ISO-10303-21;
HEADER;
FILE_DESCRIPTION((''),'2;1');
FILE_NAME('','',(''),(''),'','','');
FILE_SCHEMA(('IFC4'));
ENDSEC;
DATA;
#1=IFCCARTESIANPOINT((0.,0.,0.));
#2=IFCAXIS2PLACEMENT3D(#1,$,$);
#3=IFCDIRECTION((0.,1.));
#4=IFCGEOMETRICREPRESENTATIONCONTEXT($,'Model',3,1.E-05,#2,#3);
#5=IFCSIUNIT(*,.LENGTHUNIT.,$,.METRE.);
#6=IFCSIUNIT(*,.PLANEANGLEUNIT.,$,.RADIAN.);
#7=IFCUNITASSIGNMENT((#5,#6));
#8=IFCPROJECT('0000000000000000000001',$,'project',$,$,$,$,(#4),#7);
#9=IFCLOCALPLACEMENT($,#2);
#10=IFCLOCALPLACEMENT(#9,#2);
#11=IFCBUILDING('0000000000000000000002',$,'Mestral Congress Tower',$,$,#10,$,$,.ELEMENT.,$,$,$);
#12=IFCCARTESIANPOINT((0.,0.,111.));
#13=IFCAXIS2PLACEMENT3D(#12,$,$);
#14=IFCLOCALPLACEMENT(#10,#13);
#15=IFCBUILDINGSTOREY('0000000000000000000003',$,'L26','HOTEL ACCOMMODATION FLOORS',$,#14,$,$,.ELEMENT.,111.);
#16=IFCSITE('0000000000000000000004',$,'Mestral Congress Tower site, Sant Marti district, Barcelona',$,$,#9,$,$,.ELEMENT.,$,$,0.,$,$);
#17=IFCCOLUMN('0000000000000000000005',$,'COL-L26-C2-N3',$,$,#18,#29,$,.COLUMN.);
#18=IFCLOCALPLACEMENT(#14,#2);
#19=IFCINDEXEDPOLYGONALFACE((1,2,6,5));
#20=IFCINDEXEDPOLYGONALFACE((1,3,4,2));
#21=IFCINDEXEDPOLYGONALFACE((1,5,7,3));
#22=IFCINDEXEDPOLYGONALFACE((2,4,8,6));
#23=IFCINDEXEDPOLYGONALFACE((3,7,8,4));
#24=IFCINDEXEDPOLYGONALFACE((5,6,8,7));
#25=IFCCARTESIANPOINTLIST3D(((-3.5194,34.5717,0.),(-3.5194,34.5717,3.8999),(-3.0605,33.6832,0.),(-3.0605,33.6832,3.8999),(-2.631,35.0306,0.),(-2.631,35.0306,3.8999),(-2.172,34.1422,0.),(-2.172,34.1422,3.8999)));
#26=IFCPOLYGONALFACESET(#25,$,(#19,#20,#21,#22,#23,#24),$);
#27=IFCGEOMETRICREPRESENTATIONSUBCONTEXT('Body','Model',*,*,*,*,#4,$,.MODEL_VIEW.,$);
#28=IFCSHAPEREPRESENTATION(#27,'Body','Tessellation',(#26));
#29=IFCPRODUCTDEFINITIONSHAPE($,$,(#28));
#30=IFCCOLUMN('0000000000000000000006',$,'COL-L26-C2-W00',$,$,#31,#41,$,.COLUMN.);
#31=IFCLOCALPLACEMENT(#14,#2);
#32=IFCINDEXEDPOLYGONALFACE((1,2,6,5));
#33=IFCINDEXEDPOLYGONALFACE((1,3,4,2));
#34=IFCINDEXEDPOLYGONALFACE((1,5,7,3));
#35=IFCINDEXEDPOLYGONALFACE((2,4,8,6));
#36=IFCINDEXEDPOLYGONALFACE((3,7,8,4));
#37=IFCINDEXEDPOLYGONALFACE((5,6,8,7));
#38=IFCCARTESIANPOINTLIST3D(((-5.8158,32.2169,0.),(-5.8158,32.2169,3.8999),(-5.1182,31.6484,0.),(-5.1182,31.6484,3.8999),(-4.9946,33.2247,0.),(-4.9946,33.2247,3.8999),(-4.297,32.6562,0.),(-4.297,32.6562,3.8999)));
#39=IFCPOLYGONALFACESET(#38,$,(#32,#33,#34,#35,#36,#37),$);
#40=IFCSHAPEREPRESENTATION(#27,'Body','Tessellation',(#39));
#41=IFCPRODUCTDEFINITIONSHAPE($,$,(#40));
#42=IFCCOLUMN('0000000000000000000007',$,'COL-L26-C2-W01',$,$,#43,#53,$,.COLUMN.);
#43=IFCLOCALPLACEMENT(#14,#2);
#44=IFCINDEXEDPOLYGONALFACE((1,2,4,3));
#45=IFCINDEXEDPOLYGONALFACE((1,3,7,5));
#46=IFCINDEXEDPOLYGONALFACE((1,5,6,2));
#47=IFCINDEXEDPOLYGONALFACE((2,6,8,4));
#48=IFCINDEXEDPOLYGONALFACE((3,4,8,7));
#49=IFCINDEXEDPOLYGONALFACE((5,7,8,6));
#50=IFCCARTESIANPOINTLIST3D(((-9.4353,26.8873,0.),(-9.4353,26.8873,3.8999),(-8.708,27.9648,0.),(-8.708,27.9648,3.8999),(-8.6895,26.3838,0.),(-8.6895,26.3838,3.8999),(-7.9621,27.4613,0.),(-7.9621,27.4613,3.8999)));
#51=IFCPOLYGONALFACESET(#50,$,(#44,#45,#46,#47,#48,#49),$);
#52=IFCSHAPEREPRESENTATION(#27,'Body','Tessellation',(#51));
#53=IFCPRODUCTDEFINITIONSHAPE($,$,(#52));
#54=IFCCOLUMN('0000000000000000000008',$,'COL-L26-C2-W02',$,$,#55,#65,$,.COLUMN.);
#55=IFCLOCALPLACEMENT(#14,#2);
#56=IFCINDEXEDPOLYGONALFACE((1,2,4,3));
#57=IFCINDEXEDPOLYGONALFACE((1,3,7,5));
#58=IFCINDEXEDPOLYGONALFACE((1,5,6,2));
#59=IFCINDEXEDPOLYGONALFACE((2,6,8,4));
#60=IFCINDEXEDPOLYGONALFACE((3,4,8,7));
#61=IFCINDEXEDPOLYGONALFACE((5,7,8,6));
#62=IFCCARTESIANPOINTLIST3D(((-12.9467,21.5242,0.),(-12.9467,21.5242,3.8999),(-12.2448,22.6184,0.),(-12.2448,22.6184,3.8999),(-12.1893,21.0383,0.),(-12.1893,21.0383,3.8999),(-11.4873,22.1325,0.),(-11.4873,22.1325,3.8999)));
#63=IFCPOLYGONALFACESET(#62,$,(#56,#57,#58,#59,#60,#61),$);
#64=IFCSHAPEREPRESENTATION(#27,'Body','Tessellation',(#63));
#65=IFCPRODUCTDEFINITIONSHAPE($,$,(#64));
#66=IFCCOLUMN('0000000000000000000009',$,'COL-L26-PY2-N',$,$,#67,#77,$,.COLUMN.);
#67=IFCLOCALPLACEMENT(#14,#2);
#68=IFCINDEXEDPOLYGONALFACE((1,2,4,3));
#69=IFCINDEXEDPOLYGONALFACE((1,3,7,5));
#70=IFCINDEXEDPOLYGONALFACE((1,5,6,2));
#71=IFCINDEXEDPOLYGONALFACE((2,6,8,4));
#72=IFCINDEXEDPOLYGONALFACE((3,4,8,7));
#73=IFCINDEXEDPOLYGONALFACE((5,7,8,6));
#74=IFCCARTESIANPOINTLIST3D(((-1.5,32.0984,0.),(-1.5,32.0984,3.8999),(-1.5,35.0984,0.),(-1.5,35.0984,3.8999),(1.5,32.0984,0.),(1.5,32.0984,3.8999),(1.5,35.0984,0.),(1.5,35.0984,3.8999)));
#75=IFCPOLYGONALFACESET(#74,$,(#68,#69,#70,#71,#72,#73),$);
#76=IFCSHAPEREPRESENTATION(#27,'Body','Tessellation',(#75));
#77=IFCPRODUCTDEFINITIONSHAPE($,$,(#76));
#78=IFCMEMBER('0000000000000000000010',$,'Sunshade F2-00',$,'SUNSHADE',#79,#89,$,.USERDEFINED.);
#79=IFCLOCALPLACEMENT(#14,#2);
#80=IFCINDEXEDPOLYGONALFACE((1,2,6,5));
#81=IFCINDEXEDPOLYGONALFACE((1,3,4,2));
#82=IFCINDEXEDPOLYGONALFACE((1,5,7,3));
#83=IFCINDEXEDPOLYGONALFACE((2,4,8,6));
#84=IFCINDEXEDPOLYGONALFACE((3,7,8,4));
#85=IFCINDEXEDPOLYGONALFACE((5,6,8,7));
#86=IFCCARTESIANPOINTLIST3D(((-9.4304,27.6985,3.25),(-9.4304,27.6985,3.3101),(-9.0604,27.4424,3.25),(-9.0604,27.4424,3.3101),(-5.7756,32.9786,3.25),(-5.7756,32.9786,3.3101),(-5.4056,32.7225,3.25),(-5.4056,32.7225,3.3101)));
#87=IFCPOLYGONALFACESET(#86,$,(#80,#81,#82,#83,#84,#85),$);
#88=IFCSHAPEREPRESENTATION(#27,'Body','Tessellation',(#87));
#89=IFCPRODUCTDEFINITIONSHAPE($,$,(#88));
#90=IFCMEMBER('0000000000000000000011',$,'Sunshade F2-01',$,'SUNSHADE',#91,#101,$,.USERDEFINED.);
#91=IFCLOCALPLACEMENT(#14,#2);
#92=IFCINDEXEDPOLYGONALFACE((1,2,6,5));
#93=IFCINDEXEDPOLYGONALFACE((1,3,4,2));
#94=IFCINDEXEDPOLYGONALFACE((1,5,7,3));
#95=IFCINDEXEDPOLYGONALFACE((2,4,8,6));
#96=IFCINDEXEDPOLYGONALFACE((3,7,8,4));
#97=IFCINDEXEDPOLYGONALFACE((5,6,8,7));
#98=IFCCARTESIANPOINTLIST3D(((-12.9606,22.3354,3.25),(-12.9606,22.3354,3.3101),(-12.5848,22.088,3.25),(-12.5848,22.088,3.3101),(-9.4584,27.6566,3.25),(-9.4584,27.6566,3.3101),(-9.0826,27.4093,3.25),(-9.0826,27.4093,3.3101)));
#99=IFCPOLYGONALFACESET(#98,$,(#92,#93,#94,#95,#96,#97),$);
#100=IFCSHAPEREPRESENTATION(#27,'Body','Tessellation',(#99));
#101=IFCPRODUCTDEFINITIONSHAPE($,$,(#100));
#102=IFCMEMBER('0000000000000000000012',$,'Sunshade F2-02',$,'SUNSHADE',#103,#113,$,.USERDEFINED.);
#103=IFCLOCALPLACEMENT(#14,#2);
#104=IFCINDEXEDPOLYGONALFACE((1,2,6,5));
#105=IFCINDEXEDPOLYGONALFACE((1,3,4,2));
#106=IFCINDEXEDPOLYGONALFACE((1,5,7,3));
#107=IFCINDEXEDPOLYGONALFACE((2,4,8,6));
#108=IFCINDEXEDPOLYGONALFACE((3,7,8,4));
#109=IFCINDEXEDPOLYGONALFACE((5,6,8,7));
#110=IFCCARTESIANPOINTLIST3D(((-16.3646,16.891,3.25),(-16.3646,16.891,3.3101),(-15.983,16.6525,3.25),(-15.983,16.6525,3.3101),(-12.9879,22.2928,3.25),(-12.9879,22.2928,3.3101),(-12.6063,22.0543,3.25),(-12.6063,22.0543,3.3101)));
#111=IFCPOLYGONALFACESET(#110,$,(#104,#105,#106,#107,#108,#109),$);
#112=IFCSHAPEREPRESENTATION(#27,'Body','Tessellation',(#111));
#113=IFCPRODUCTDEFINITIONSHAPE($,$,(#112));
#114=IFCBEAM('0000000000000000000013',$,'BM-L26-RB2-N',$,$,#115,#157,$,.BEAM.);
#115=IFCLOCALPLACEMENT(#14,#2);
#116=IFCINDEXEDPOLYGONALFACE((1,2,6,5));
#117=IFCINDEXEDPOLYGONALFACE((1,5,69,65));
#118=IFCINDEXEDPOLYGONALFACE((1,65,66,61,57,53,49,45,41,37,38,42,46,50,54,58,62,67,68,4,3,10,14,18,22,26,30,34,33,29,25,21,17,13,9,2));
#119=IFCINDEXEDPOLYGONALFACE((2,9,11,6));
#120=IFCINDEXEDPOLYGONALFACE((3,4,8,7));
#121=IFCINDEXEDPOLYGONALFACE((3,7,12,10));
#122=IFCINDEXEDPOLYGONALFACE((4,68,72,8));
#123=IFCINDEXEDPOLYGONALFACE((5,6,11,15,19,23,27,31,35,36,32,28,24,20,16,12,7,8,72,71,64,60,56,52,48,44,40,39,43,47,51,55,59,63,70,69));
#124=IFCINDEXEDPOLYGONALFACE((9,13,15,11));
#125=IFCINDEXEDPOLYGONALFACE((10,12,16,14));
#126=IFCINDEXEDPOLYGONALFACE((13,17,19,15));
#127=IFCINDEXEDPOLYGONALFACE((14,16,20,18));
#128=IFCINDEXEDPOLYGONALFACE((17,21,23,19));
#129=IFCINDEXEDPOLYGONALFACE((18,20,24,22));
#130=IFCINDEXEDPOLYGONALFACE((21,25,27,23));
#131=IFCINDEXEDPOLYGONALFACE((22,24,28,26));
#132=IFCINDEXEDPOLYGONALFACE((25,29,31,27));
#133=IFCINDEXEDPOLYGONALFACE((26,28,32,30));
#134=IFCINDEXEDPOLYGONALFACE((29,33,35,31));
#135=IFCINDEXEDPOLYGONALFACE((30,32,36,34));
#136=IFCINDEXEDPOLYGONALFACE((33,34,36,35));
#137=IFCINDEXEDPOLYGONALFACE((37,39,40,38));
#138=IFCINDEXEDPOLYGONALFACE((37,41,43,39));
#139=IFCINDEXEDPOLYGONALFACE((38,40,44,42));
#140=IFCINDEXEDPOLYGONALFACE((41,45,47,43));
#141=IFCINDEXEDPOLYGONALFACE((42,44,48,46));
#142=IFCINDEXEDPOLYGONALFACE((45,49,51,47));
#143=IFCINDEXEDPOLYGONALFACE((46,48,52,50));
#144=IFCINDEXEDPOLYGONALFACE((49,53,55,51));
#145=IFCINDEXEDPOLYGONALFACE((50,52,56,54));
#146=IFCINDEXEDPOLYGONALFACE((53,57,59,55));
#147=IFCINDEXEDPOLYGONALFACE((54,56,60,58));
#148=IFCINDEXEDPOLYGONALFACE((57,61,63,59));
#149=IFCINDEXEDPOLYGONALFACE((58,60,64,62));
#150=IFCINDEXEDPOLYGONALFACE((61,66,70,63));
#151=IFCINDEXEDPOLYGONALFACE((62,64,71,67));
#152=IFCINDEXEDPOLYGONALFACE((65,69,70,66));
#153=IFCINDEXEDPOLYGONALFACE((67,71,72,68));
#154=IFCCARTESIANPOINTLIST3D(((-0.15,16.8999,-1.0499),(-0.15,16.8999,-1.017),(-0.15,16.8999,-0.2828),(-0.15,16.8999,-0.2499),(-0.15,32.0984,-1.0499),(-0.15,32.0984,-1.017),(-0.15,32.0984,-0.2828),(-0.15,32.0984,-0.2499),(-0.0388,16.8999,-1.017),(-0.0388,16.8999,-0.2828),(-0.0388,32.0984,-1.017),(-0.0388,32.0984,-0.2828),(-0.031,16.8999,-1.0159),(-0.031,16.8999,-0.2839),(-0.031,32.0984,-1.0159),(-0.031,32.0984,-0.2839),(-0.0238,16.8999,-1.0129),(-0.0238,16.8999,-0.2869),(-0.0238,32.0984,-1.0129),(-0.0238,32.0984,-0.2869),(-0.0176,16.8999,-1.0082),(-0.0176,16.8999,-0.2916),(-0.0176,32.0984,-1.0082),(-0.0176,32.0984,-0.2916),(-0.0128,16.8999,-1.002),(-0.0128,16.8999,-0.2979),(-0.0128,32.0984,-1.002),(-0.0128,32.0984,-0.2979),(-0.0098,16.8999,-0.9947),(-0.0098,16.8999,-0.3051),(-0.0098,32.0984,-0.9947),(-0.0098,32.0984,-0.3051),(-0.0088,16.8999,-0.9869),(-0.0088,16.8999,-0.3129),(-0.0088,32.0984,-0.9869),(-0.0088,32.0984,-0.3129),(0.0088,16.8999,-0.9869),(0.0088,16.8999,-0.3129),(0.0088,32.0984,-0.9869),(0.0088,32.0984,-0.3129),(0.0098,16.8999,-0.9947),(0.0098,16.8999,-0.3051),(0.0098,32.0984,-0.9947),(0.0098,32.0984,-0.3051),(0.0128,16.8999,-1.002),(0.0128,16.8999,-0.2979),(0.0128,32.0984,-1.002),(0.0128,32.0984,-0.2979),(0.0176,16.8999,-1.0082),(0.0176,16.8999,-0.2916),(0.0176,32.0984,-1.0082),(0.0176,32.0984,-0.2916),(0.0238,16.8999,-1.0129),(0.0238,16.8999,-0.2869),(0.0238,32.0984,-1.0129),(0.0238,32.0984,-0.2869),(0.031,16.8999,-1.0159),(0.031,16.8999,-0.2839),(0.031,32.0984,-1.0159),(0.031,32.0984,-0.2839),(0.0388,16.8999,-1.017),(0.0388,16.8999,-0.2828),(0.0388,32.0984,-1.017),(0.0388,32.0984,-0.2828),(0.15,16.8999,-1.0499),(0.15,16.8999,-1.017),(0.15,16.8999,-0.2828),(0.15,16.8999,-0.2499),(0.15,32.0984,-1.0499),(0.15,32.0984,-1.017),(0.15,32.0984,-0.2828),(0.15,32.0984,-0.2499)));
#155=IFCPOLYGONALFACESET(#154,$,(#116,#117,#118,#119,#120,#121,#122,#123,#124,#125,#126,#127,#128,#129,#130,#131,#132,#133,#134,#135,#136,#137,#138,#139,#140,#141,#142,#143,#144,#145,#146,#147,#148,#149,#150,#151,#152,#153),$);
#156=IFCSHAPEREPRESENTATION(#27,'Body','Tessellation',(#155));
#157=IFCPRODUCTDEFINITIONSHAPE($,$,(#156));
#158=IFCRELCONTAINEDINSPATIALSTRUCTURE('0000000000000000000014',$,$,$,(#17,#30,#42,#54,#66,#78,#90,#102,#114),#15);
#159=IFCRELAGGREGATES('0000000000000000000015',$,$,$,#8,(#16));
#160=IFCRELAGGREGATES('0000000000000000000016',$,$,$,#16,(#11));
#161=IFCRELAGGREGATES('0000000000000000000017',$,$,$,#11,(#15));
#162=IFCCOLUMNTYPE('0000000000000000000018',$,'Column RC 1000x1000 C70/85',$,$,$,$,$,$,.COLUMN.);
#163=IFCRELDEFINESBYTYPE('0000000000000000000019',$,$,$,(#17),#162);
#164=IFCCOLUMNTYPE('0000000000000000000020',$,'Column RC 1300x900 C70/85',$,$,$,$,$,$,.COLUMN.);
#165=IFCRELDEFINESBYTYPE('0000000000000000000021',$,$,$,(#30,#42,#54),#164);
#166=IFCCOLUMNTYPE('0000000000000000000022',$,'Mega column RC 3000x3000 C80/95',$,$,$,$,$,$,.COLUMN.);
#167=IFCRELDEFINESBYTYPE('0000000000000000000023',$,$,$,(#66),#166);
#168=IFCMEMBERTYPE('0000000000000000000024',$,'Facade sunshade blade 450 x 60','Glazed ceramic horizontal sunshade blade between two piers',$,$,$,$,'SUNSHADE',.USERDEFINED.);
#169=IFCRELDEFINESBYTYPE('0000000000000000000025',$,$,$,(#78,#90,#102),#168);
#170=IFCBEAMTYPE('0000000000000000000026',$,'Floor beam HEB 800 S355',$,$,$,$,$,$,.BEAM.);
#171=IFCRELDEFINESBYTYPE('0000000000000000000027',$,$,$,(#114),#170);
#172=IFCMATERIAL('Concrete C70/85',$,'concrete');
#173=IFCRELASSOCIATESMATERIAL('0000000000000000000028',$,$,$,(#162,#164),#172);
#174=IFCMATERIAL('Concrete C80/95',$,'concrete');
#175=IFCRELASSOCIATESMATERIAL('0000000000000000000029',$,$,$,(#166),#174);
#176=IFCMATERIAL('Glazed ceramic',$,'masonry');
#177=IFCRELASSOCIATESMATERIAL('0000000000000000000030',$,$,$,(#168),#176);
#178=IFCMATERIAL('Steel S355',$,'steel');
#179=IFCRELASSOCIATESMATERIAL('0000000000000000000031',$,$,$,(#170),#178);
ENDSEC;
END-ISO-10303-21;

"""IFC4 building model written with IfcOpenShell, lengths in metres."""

from ifc_helpers import new_model, si_unit, direction, frame, origin, origin_2d, place, context, subcontext, project, spatial, rectangle, i_section, extrude, material, material_profile, profile_set, type_object, element, save


model = new_model("IFC4")

# Units and contexts
model_context = context("Model", 3, precision=1e-05, world=origin(), true_north=direction((0.0, 1.0)))
body_context = subcontext(model_context, "Body", "Model", "MODEL_VIEW")
ifc_project = project(units=[si_unit("LENGTHUNIT", "METRE"), si_unit("PLANEANGLEUNIT", "RADIAN")], contexts=[model_context])

# Site, building, storey
site_placement = place(None, origin())
site = spatial("IfcSite", under=ifc_project, at=site_placement, Name="Mestral Congress Tower site, Sant Marti district, Barcelona", CompositionType="ELEMENT", RefElevation=0.0)
building_placement = place(site_placement, origin())
building = spatial("IfcBuilding", under=site, at=building_placement, Name="Mestral Congress Tower", CompositionType="ELEMENT")
storey_placement = place(building_placement, frame((0.0, 0.0, 111.0)))
storey = spatial("IfcBuildingStorey", under=building, at=storey_placement, Name="L26", Description="HOTEL ACCOMMODATION FLOORS", CompositionType="ELEMENT", Elevation=111.0)

# Columns
ifc_material_1 = material(Name="Concrete C70/85", Category="concrete")
ifc_material_profile_1 = material_profile(ifc_material_1, rectangle(XDim=1.0, YDim=1.0, at=origin_2d()), Name="RC 1000x1000")
ifc_profile_set_1 = profile_set([ifc_material_profile_1], Name="Concrete C70/85")
column_type_1 = type_object("IfcColumnType", Name="Column RC 1000x1000 C70/85", PredefinedType="COLUMN", material=ifc_profile_set_1)
column_1_placement = place(storey_placement, frame((-2.8457, 34.3569, 0.0), z_axis=(0.0, 0.0, 1.0), x_axis=(-0.888456, -0.458961, 0.0)))
element("IfcColumn", 1, at=column_1_placement, inside=storey, type_object=column_type_1, Name="COL-L26-C2-N3", PredefinedType="COLUMN", context=body_context, shape_type="SweptSolid", body=[
    extrude(rectangle(XDim=1.0, YDim=1.0, at=origin_2d()), origin(), (0.0, 0.0, 1.0), 3.8999),
])
ifc_material_profile_2 = material_profile(ifc_material_1, rectangle(XDim=1.3, YDim=0.8999, at=origin_2d()), Name="RC 1300x900")
ifc_profile_set_2 = profile_set([ifc_material_profile_2], Name="Concrete C70/85")
column_type_2 = type_object("IfcColumnType", Name="Column RC 1300x900 C70/85", PredefinedType="COLUMN", material=ifc_profile_set_2)
for number, where, z_axis, x_axis, name in (
    (2, (-5.0564, 32.4365, 0.0), (0.0, 0.0, 1.0), (-0.631709, -0.775206, 0.0), "COL-L26-C2-W00"),
    (3, (-8.6987, 27.1743, 0.0), (0.0, 0.0, 1.0), (-0.559479, -0.828844, 0.0), "COL-L26-C2-W01"),
    (4, (-12.217, 21.8284, 0.0), (0.0, 0.0, 1.0), (-0.539945, -0.8417, 0.0), "COL-L26-C2-W02"),
):
    element("IfcColumn", number, at=place(storey_placement, frame(where, z_axis=z_axis, x_axis=x_axis)), inside=storey, type_object=column_type_2, Name=name, PredefinedType="COLUMN", context=body_context, shape_type="SweptSolid", body=[
        extrude(rectangle(XDim=1.3, YDim=0.8999, at=origin_2d()), origin(), (0.0, 0.0, 1.0), 3.8999),
    ])
ifc_material_2 = material(Name="Concrete C80/95", Category="concrete")
ifc_material_profile_3 = material_profile(ifc_material_2, rectangle(XDim=3.0, YDim=3.0, at=origin_2d()), Name="RC 3000x3000")
ifc_profile_set_3 = profile_set([ifc_material_profile_3], Name="Concrete C80/95")
column_type_3 = type_object("IfcColumnType", Name="Mega column RC 3000x3000 C80/95", PredefinedType="COLUMN", material=ifc_profile_set_3)
column_2_placement = place(storey_placement, frame((0.0, 33.5984, 0.0), z_axis=(0.0, 0.0, 1.0), x_axis=(0.0, 1.0, 0.0)))
element("IfcColumn", 5, at=column_2_placement, inside=storey, type_object=column_type_3, Name="COL-L26-PY2-N", PredefinedType="COLUMN", context=body_context, shape_type="SweptSolid", body=[
    extrude(rectangle(XDim=3.0, YDim=3.0, at=origin_2d()), origin(), (0.0, 0.0, 1.0), 3.8999),
])

# Members
ifc_material_3 = material(Name="Glazed ceramic", Category="masonry")
ifc_material_profile_4 = material_profile(ifc_material_3, rectangle(XDim=0.45, YDim=0.0601, at=origin_2d()), Name="Ceramic blade 450 x 60")
ifc_profile_set_4 = profile_set([ifc_material_profile_4], Name="Glazed ceramic")
member_type = type_object("IfcMemberType", Name="Facade sunshade blade 450 x 60", Description="Glazed ceramic horizontal sunshade blade between two piers", ElementType="SUNSHADE", PredefinedType="USERDEFINED", material=ifc_profile_set_4)
member_placement = place(storey_placement, frame((-5.5906, 32.8506, 3.28), z_axis=(-0.569145, -0.822237, 0.0), x_axis=(0.822237, -0.569145, 0.0)))
element("IfcMember", 6, at=member_placement, inside=storey, type_object=member_type, Name="Sunshade F2-00", ObjectType="SUNSHADE", PredefinedType="USERDEFINED", context=body_context, shape_type="SweptSolid", body=[
    extrude(rectangle(XDim=0.45, YDim=0.0601, at=origin_2d()), origin(), (0.0, 0.0, 1.0), 6.4216),
])
for number, where, z_axis, x_axis, name in (
    (7, (-9.2705, 27.533, 3.28), (-0.549764, -0.83532, 0.0), (0.83532, -0.549764, 0.0), "Sunshade F2-01"),
    (8, (-12.7971, 22.1736, 3.28), (-0.530061, -0.84796, 0.0), (0.84796, -0.530061, 0.0), "Sunshade F2-02"),
):
    element("IfcMember", number, at=place(storey_placement, frame(where, z_axis=z_axis, x_axis=x_axis)), inside=storey, type_object=member_type, Name=name, ObjectType="SUNSHADE", PredefinedType="USERDEFINED", context=body_context, shape_type="SweptSolid", body=[
        extrude(rectangle(XDim=0.45, YDim=0.0601, at=origin_2d()), origin(), (0.0, 0.0, 1.0), 6.3704),
    ])

# Beam
ifc_material_4 = material(Name="Steel S355", Category="steel")
ifc_material_profile_5 = material_profile(ifc_material_4, i_section(OverallWidth=0.3, OverallDepth=0.8, WebThickness=0.0176, FlangeThickness=0.033, FilletRadius=0.03, at=origin_2d()), Name="HEB 800")
ifc_profile_set_5 = profile_set([ifc_material_profile_5], Name="Steel S355")
beam_type_1 = type_object("IfcBeamType", Name="Floor beam HEB 800 S355", PredefinedType="BEAM", material=ifc_profile_set_5)
beam_1_placement = place(storey_placement, frame((0.0, 32.0984, -0.6499), z_axis=(0.0, -1.0, 0.0), x_axis=(1.0, 0.0, 0.0)))
element("IfcBeam", 9, at=beam_1_placement, inside=storey, type_object=beam_type_1, Name="BM-L26-RB2-N", PredefinedType="BEAM", context=body_context, shape_type="SweptSolid", body=[
    extrude(i_section(OverallWidth=0.3, OverallDepth=0.8, WebThickness=0.0176, FlangeThickness=0.033, FilletRadius=0.03, at=origin_2d()), origin(), (0.0, 0.0, 1.0), 15.1985),
])

save(model, "model.ifc")
